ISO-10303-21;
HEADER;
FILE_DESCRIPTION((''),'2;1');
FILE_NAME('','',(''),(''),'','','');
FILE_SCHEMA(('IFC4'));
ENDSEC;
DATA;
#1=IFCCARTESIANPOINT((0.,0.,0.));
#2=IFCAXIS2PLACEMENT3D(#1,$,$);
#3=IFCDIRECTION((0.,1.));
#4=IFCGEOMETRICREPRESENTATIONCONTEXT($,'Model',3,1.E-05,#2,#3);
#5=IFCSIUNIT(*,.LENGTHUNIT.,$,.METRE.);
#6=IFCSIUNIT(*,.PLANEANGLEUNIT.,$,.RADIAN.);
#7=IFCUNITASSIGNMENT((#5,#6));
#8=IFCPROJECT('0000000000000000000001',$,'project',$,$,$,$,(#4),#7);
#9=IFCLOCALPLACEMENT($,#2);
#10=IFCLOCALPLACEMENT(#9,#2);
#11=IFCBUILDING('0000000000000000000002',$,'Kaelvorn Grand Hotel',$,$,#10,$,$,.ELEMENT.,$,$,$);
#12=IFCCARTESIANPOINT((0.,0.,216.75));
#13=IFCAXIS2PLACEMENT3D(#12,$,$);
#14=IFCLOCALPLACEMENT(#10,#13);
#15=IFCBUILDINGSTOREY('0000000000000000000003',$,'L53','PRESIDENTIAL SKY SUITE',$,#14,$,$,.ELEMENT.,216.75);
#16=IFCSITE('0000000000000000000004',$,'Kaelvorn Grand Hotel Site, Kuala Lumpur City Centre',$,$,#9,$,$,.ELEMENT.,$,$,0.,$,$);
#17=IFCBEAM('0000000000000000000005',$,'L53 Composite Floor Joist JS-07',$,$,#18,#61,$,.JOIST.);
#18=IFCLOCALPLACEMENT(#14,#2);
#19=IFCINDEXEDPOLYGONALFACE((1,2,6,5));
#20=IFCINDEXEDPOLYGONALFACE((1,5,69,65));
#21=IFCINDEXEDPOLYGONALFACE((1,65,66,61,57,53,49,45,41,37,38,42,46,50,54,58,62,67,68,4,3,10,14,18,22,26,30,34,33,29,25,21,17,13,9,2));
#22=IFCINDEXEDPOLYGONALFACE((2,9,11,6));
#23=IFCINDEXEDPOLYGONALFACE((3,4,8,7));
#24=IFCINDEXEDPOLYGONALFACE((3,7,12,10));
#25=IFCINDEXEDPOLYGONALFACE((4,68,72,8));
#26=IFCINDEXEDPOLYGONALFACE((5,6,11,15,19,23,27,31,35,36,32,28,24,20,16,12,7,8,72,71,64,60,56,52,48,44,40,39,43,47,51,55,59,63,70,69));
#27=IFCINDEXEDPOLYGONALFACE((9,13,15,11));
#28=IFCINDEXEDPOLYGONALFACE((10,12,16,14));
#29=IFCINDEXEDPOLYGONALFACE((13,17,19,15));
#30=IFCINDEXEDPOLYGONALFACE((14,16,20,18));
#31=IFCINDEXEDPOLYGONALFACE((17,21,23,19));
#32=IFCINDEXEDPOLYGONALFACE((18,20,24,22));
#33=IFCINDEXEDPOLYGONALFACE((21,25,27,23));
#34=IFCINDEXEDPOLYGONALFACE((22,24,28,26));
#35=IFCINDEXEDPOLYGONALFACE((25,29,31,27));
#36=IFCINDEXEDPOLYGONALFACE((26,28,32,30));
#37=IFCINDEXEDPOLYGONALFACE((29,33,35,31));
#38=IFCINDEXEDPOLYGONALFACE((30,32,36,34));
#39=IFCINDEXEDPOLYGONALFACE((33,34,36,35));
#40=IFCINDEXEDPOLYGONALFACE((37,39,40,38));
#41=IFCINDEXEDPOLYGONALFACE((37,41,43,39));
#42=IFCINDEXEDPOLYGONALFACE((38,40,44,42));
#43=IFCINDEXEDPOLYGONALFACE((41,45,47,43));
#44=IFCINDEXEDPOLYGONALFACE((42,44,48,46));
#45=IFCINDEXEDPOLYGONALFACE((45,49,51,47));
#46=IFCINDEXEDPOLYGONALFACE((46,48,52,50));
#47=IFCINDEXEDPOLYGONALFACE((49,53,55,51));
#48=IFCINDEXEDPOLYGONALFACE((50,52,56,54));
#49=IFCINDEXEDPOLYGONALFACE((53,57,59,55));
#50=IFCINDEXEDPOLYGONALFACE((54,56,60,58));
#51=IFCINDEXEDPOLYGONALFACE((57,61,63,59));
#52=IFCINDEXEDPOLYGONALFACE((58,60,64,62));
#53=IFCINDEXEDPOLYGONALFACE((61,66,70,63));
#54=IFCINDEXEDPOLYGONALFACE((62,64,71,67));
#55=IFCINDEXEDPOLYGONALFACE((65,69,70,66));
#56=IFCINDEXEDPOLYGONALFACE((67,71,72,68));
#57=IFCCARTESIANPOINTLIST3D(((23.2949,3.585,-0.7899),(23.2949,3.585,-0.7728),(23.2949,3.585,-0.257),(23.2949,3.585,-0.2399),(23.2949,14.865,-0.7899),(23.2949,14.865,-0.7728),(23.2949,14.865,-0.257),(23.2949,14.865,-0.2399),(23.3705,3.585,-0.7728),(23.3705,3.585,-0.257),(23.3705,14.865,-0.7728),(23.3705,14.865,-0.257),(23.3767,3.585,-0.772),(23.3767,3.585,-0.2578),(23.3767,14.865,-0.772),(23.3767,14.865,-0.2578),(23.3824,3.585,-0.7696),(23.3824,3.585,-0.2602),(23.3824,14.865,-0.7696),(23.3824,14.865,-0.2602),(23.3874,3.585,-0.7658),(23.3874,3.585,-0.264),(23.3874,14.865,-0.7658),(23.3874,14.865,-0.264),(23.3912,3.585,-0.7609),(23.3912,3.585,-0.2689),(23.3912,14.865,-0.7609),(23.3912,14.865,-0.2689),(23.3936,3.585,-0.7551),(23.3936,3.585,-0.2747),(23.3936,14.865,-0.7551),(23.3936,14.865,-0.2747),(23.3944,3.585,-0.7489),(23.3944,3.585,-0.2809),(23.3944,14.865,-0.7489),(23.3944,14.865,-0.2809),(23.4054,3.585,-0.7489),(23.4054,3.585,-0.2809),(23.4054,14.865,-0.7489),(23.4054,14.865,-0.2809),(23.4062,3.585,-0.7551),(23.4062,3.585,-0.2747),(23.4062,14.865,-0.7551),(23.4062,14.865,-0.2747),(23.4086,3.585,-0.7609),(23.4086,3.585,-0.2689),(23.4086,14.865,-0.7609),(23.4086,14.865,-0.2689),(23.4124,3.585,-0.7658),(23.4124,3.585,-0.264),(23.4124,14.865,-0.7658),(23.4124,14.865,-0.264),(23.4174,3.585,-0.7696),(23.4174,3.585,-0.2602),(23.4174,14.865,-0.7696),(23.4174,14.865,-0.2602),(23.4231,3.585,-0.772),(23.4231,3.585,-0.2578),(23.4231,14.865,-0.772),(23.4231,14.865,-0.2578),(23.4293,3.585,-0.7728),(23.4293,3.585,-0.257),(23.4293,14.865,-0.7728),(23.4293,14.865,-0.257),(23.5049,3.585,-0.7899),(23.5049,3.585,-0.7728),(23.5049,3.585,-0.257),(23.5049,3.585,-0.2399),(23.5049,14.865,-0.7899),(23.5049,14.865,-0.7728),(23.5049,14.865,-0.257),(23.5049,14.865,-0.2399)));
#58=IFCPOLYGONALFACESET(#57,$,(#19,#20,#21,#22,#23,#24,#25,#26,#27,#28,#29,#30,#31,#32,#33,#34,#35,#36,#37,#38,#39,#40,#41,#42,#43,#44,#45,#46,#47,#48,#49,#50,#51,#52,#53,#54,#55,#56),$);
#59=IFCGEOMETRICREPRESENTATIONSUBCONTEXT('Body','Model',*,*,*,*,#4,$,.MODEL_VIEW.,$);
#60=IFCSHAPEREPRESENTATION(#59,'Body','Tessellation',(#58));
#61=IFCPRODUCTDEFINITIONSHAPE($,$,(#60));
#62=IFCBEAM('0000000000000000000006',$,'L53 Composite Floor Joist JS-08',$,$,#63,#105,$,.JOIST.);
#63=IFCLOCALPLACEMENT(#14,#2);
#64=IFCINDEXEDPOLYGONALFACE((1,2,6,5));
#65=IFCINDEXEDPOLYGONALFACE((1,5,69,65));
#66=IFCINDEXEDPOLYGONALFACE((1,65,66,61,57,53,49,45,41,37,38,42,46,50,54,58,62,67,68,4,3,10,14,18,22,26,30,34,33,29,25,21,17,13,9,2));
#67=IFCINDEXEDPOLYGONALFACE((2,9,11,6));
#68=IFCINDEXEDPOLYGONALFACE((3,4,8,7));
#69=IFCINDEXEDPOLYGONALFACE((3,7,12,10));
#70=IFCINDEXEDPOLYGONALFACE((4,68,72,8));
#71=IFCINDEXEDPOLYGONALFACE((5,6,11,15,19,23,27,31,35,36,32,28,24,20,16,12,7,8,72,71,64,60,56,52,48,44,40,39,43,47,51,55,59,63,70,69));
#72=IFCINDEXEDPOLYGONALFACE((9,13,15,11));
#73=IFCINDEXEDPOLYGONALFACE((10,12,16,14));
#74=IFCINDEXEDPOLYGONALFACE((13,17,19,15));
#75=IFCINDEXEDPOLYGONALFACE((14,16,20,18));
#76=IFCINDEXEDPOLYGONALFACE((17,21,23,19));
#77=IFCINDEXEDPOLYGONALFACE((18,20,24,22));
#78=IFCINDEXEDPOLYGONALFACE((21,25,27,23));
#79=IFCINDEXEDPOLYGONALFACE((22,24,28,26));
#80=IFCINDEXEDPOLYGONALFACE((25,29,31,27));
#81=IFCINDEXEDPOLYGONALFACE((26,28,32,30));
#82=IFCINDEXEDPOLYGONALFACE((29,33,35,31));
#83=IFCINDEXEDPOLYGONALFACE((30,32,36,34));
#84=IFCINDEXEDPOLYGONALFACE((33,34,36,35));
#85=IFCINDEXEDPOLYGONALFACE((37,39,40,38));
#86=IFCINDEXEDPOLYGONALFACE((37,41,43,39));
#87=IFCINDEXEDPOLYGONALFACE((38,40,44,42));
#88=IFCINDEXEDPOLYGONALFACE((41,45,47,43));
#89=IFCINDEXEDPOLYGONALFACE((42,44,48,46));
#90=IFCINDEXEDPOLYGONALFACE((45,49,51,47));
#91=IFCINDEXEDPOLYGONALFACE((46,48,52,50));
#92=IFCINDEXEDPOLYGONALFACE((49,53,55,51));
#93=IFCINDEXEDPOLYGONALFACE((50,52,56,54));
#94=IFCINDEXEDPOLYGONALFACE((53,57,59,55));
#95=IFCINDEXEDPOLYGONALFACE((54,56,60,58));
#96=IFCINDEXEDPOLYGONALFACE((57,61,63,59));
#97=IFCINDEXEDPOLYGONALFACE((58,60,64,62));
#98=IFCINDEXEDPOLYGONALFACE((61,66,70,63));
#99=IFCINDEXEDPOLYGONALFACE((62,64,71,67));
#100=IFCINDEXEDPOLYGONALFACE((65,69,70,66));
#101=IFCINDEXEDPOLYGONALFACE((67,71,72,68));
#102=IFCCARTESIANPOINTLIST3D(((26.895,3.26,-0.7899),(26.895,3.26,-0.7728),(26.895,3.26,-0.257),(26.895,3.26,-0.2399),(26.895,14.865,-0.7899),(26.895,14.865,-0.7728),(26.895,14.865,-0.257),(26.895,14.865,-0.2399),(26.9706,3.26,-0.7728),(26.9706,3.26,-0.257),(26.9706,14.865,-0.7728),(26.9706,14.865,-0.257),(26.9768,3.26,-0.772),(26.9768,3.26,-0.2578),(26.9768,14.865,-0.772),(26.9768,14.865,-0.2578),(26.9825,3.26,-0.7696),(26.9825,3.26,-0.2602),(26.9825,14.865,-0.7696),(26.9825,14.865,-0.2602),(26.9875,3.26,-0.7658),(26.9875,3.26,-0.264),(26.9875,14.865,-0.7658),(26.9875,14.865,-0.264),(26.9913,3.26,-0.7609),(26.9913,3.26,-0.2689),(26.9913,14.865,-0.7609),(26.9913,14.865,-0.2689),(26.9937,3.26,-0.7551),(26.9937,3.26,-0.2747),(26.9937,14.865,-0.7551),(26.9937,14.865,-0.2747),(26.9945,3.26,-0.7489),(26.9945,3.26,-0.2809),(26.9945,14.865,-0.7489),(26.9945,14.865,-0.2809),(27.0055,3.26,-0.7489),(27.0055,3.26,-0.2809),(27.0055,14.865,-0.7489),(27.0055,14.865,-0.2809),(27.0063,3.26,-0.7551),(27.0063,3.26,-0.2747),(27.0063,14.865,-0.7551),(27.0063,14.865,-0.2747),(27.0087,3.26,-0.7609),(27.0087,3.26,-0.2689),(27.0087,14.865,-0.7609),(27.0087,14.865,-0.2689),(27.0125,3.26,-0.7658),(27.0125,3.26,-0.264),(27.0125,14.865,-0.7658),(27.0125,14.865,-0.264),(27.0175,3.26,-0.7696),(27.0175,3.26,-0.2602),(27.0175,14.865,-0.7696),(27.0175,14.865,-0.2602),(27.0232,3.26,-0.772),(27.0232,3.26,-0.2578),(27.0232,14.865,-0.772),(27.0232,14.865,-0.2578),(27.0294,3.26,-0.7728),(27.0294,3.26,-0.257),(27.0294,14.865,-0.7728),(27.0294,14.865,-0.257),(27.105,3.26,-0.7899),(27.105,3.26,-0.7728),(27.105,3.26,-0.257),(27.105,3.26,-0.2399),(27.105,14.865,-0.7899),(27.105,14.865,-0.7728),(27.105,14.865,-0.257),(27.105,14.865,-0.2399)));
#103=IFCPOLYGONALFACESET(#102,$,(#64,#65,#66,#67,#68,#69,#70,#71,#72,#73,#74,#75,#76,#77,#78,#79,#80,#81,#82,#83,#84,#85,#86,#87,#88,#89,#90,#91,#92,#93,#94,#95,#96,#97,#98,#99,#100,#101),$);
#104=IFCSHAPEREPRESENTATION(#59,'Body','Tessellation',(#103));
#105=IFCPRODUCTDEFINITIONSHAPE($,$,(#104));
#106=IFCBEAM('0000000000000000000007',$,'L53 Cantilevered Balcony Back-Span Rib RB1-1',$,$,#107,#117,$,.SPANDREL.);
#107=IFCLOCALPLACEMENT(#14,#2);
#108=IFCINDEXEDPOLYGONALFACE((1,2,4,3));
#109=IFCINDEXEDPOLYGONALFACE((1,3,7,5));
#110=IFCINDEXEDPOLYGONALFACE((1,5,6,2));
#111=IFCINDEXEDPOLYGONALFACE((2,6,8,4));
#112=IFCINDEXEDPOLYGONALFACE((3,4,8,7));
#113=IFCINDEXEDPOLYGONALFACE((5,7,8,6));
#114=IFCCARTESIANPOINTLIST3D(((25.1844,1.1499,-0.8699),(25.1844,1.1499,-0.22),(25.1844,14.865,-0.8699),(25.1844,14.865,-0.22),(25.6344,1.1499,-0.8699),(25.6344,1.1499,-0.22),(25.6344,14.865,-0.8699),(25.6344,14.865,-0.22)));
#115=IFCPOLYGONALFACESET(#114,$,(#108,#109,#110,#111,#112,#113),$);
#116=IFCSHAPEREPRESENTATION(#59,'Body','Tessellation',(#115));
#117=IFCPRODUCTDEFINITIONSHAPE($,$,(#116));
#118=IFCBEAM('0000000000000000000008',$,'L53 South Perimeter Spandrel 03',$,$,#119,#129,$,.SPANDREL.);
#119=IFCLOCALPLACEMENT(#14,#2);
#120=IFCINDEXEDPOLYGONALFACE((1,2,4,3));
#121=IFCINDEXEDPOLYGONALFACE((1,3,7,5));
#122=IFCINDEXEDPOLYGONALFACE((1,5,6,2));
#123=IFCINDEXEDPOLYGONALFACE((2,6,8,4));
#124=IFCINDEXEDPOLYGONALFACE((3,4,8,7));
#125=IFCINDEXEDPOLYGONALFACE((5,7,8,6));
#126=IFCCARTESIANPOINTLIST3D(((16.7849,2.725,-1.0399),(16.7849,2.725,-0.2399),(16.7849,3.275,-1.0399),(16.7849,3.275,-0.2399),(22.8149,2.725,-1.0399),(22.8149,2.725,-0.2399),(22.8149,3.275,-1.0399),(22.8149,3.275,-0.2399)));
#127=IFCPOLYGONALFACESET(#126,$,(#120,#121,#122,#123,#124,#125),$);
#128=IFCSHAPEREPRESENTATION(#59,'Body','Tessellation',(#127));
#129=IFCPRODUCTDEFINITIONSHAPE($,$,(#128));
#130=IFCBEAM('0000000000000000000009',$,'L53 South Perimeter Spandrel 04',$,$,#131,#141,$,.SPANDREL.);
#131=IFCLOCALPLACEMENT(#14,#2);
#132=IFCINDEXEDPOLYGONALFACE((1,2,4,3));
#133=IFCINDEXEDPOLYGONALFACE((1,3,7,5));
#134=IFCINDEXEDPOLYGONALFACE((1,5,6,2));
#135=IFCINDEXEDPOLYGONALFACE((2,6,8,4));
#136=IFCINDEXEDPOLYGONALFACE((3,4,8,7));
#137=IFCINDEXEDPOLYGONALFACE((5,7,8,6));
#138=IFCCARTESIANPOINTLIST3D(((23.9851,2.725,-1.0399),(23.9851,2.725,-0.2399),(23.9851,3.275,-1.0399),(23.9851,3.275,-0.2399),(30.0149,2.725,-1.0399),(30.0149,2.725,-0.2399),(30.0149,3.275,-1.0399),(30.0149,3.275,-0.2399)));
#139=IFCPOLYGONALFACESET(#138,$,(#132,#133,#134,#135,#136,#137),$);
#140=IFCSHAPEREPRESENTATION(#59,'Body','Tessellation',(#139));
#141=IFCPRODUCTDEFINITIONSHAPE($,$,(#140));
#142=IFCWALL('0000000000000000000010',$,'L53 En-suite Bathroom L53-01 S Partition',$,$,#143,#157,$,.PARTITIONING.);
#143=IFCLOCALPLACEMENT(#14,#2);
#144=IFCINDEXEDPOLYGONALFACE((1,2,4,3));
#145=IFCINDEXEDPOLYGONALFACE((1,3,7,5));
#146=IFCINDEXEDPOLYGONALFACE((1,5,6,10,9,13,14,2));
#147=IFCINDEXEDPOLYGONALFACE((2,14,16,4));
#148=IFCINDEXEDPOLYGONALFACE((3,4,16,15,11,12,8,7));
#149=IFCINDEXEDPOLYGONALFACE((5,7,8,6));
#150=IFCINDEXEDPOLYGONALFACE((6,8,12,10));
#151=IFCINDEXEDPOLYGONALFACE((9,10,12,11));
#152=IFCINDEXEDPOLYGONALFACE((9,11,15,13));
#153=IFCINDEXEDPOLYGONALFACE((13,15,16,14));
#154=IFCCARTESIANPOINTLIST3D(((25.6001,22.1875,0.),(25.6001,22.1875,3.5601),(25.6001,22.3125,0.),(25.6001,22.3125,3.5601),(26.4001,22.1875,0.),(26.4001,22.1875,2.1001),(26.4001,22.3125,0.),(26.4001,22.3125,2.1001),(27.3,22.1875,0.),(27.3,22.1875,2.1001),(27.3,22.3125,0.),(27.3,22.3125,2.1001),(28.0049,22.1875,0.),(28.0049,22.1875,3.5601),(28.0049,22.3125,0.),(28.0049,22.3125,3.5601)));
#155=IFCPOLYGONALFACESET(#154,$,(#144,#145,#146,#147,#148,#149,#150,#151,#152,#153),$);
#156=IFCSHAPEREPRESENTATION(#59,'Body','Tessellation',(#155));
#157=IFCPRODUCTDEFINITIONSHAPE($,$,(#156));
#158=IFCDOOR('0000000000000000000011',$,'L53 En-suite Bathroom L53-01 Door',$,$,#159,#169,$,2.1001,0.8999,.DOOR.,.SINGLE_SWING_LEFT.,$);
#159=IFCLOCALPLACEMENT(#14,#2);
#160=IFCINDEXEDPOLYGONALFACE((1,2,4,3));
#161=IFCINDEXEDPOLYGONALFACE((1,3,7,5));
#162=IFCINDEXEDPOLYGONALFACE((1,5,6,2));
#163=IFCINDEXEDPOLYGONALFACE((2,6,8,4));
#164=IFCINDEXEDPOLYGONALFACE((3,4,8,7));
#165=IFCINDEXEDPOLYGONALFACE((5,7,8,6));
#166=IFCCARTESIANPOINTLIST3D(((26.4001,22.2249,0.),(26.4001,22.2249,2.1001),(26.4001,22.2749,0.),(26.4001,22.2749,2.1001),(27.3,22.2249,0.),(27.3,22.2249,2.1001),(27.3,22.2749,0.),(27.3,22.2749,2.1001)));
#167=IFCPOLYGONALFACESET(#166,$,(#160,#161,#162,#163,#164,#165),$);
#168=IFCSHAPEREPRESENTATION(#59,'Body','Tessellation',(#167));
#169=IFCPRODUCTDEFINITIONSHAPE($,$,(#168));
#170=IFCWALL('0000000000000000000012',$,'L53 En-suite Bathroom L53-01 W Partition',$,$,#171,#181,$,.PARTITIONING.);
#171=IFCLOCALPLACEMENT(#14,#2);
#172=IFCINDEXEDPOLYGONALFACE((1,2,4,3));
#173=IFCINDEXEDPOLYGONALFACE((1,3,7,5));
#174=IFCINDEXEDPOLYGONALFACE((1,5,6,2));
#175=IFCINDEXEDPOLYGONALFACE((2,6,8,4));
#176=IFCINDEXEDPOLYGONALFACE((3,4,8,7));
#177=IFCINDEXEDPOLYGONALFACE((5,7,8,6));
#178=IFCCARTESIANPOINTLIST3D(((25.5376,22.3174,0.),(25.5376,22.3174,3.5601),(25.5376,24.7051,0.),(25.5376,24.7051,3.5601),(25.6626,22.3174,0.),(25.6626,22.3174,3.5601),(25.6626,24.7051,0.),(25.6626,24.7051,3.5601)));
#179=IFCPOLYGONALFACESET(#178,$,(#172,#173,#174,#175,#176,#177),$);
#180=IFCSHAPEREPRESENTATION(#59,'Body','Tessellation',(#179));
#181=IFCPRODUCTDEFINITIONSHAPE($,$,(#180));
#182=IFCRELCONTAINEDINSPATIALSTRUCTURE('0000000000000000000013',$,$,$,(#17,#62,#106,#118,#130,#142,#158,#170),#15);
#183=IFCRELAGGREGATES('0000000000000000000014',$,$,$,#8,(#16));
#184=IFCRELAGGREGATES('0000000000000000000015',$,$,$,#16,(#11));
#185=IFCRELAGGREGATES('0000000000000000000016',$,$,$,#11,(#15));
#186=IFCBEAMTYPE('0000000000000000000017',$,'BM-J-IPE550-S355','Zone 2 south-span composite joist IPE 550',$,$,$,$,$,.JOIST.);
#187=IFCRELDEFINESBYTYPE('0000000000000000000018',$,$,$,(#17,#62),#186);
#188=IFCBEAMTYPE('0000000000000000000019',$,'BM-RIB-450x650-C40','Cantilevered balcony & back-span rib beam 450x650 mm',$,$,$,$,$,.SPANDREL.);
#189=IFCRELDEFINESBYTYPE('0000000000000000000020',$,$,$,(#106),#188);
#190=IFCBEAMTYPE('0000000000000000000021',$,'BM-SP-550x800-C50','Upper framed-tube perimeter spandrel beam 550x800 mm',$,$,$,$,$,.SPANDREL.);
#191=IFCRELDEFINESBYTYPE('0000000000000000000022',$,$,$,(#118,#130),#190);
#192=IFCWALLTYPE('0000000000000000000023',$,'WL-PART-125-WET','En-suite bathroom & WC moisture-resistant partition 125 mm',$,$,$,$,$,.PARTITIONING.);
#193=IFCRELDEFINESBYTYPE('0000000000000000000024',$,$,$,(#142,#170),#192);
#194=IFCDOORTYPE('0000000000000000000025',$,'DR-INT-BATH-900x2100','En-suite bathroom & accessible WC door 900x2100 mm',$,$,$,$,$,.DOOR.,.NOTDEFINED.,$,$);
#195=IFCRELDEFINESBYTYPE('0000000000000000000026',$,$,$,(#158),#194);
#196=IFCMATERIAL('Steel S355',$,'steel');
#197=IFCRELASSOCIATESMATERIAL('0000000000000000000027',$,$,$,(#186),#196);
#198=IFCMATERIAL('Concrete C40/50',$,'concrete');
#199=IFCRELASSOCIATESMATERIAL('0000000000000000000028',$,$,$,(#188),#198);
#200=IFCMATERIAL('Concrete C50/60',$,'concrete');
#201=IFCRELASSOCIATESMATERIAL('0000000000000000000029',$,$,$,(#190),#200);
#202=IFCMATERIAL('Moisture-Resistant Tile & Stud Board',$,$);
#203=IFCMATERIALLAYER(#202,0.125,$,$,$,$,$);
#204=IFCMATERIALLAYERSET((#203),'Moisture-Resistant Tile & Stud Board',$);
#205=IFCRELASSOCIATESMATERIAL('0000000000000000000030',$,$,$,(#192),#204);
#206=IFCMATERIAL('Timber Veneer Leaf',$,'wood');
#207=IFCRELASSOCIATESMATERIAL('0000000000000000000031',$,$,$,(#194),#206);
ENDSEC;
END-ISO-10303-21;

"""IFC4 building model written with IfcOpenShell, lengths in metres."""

from ifc_helpers import new_model, si_unit, direction, frame, frame_2d, origin, origin_2d, place, context, subcontext, project, spatial, rectangle, i_section, extrude, material, layer, layer_set, material_profile, profile_set, type_object, element, fill, save


model = new_model("IFC4")

# Units and contexts
model_context = context("Model", 3, precision=1e-05, world=origin(), true_north=direction((0.0, 1.0)))
body_context = subcontext(model_context, "Body", "Model", "MODEL_VIEW")
ifc_project = project(units=[si_unit("LENGTHUNIT", "METRE"), si_unit("PLANEANGLEUNIT", "RADIAN")], contexts=[model_context])

# Site, building, storey
site_placement = place(None, origin())
site = spatial("IfcSite", under=ifc_project, at=site_placement, Name="Kaelvorn Grand Hotel Site, Kuala Lumpur City Centre", CompositionType="ELEMENT", RefElevation=0.0)
building_placement = place(site_placement, origin())
building = spatial("IfcBuilding", under=site, at=building_placement, Name="Kaelvorn Grand Hotel", CompositionType="ELEMENT")
storey_placement = place(building_placement, frame((0.0, 0.0, 216.75)))
storey = spatial("IfcBuildingStorey", under=building, at=storey_placement, Name="L53", Description="PRESIDENTIAL SKY SUITE", CompositionType="ELEMENT", Elevation=216.75)

# Beams
ifc_material_1 = material(Name="Steel S355", Category="steel")
ifc_material_profile_1 = material_profile(ifc_material_1, i_section(OverallWidth=0.21, OverallDepth=0.55, WebThickness=0.011, FlangeThickness=0.0171, FilletRadius=0.0239, at=origin_2d()), Name="IPE 550")
ifc_profile_set_1 = profile_set([ifc_material_profile_1], Name="Steel S355")
beam_type_1 = type_object("IfcBeamType", Name="BM-J-IPE550-S355", Description="Zone 2 south-span composite joist IPE 550", PredefinedType="JOIST", material=ifc_profile_set_1)
beam_1_placement = place(storey_placement, frame((23.3999, 3.585, -0.5149), z_axis=(0.0, 1.0, 0.0), x_axis=(-1.0, 0.0, 0.0)))
element("IfcBeam", 1, at=beam_1_placement, inside=storey, type_object=beam_type_1, Name="L53 Composite Floor Joist JS-07", PredefinedType="JOIST", context=body_context, shape_type="SweptSolid", body=[
    extrude(i_section(OverallWidth=0.21, OverallDepth=0.55, WebThickness=0.011, FlangeThickness=0.0171, FilletRadius=0.0239, at=origin_2d()), origin(), (0.0, 0.0, 1.0), 11.28),
])
beam_2_placement = place(storey_placement, frame((27.0, 3.26, -0.5149), z_axis=(0.0, 1.0, 0.0), x_axis=(-1.0, 0.0, 0.0)))
element("IfcBeam", 2, at=beam_2_placement, inside=storey, type_object=beam_type_1, Name="L53 Composite Floor Joist JS-08", PredefinedType="JOIST", context=body_context, shape_type="SweptSolid", body=[
    extrude(i_section(OverallWidth=0.21, OverallDepth=0.55, WebThickness=0.011, FlangeThickness=0.0171, FilletRadius=0.0239, at=origin_2d()), origin(), (0.0, 0.0, 1.0), 11.605),
])
ifc_material_2 = material(Name="Concrete C40/50", Category="concrete")
ifc_material_profile_2 = material_profile(ifc_material_2, rectangle(XDim=0.45, YDim=0.6499, at=origin_2d()), Name="RC RIB 450x650")
ifc_profile_set_2 = profile_set([ifc_material_profile_2], Name="Concrete C40/50")
beam_type_2 = type_object("IfcBeamType", Name="BM-RIB-450x650-C40", Description="Cantilevered balcony & back-span rib beam 450x650 mm", PredefinedType="SPANDREL", material=ifc_profile_set_2)
beam_3_placement = place(storey_placement, frame((25.4094, 1.1499, -0.5449), z_axis=(0.0, 1.0, 0.0), x_axis=(-1.0, 0.0, 0.0)))
element("IfcBeam", 3, at=beam_3_placement, inside=storey, type_object=beam_type_2, Name="L53 Cantilevered Balcony Back-Span Rib RB1-1", PredefinedType="SPANDREL", context=body_context, shape_type="SweptSolid", body=[
    extrude(rectangle(XDim=0.45, YDim=0.6499, at=origin_2d()), origin(), (0.0, 0.0, 1.0), 13.7151),
])
ifc_material_3 = material(Name="Concrete C50/60", Category="concrete")
ifc_material_profile_3 = material_profile(ifc_material_3, rectangle(XDim=0.55, YDim=0.8, at=origin_2d()), Name="RC SPANDREL 550x800")
ifc_profile_set_3 = profile_set([ifc_material_profile_3], Name="Concrete C50/60")
beam_type_3 = type_object("IfcBeamType", Name="BM-SP-550x800-C50", Description="Upper framed-tube perimeter spandrel beam 550x800 mm", PredefinedType="SPANDREL", material=ifc_profile_set_3)
beam_4_placement = place(storey_placement, frame((16.7849, 3.0, -0.6399), z_axis=(1.0, 0.0, 0.0), x_axis=(0.0, 1.0, 0.0)))
element("IfcBeam", 4, at=beam_4_placement, inside=storey, type_object=beam_type_3, Name="L53 South Perimeter Spandrel 03", PredefinedType="SPANDREL", context=body_context, shape_type="SweptSolid", body=[
    extrude(rectangle(XDim=0.55, YDim=0.8, at=origin_2d()), origin(), (0.0, 0.0, 1.0), 6.03),
])
beam_5_placement = place(storey_placement, frame((23.9851, 3.0, -0.6399), z_axis=(1.0, 0.0, 0.0), x_axis=(0.0, 1.0, 0.0)))
element("IfcBeam", 5, at=beam_5_placement, inside=storey, type_object=beam_type_3, Name="L53 South Perimeter Spandrel 04", PredefinedType="SPANDREL", context=body_context, shape_type="SweptSolid", body=[
    extrude(rectangle(XDim=0.55, YDim=0.8, at=origin_2d()), origin(), (0.0, 0.0, 1.0), 6.0298),
])

# Wall, opening, door
ifc_material_4 = material(Name="Moisture-Resistant Tile & Stud Board")
ifc_layer_1 = layer(ifc_material_4, 0.125)
ifc_layer_set_1 = layer_set([ifc_layer_1], Name="Moisture-Resistant Tile & Stud Board")
wall_type_1 = type_object("IfcWallType", Name="WL-PART-125-WET", Description="En-suite bathroom & WC moisture-resistant partition 125 mm", PredefinedType="PARTITIONING", material=ifc_layer_set_1)
wall_1_placement = place(storey_placement, frame((25.6001, 22.25, 0.0), z_axis=(0.0, 0.0, 1.0), x_axis=(1.0, 0.0, 0.0)))
wall_1 = element("IfcWall", 6, at=wall_1_placement, inside=storey, type_object=wall_type_1, Name="L53 En-suite Bathroom L53-01 S Partition", PredefinedType="PARTITIONING", context=body_context, shape_type="SweptSolid", body=[
    extrude(rectangle(XDim=2.4048, YDim=0.125, at=frame_2d((1.2024, 0.0))), origin(), (0.0, 0.0, 1.0), 3.5601),
])
opening_1_placement = place(wall_1_placement, frame((0.8, 0.0, 0.0)))
opening_1 = element("IfcOpeningElement", 7, at=opening_1_placement, cuts=wall_1, PredefinedType="OPENING", context=body_context, shape_type="SweptSolid", body=[
    extrude(rectangle(XDim=0.8999, YDim=2.1001, at=frame_2d((0.45, 1.05))), frame((0.0, 0.0725, 0.0), z_axis=(0.0, -1.0, 0.0), x_axis=(1.0, 0.0, 0.0)), (0.0, 0.0, 1.0), 0.145),
])
ifc_material_5 = material(Name="Timber Veneer Leaf", Category="wood")
door_type_1 = type_object("IfcDoorType", Name="DR-INT-BATH-900x2100", Description="En-suite bathroom & accessible WC door 900x2100 mm", OperationType="NOTDEFINED", PredefinedType="DOOR", material=ifc_material_5)
door_1_placement = place(opening_1_placement, origin())
door_1 = element("IfcDoor", 8, at=door_1_placement, inside=storey, type_object=door_type_1, Name="L53 En-suite Bathroom L53-01 Door", OperationType="SINGLE_SWING_LEFT", OverallHeight=2.1001, OverallWidth=0.8999, PredefinedType="DOOR", context=body_context, shape_type="SweptSolid", body=[
    extrude(rectangle(XDim=0.8999, YDim=2.1001, at=frame_2d((0.45, 1.05))), frame((0.0, 0.0249, 0.0), z_axis=(0.0, -1.0, 0.0), x_axis=(1.0, 0.0, 0.0)), (0.0, 0.0, 1.0), 0.05),
])
fill(opening_1, door_1)

# Wall
wall_2_placement = place(storey_placement, frame((25.6001, 22.3174, 0.0), z_axis=(0.0, 0.0, 1.0), x_axis=(0.0, 1.0, 0.0)))
element("IfcWall", 9, at=wall_2_placement, inside=storey, type_object=wall_type_1, Name="L53 En-suite Bathroom L53-01 W Partition", PredefinedType="PARTITIONING", context=body_context, shape_type="SweptSolid", body=[
    extrude(rectangle(XDim=2.3877, YDim=0.125, at=frame_2d((1.1938, 0.0))), origin(), (0.0, 0.0, 1.0), 3.5601),
])

save(model, "model.ifc")
